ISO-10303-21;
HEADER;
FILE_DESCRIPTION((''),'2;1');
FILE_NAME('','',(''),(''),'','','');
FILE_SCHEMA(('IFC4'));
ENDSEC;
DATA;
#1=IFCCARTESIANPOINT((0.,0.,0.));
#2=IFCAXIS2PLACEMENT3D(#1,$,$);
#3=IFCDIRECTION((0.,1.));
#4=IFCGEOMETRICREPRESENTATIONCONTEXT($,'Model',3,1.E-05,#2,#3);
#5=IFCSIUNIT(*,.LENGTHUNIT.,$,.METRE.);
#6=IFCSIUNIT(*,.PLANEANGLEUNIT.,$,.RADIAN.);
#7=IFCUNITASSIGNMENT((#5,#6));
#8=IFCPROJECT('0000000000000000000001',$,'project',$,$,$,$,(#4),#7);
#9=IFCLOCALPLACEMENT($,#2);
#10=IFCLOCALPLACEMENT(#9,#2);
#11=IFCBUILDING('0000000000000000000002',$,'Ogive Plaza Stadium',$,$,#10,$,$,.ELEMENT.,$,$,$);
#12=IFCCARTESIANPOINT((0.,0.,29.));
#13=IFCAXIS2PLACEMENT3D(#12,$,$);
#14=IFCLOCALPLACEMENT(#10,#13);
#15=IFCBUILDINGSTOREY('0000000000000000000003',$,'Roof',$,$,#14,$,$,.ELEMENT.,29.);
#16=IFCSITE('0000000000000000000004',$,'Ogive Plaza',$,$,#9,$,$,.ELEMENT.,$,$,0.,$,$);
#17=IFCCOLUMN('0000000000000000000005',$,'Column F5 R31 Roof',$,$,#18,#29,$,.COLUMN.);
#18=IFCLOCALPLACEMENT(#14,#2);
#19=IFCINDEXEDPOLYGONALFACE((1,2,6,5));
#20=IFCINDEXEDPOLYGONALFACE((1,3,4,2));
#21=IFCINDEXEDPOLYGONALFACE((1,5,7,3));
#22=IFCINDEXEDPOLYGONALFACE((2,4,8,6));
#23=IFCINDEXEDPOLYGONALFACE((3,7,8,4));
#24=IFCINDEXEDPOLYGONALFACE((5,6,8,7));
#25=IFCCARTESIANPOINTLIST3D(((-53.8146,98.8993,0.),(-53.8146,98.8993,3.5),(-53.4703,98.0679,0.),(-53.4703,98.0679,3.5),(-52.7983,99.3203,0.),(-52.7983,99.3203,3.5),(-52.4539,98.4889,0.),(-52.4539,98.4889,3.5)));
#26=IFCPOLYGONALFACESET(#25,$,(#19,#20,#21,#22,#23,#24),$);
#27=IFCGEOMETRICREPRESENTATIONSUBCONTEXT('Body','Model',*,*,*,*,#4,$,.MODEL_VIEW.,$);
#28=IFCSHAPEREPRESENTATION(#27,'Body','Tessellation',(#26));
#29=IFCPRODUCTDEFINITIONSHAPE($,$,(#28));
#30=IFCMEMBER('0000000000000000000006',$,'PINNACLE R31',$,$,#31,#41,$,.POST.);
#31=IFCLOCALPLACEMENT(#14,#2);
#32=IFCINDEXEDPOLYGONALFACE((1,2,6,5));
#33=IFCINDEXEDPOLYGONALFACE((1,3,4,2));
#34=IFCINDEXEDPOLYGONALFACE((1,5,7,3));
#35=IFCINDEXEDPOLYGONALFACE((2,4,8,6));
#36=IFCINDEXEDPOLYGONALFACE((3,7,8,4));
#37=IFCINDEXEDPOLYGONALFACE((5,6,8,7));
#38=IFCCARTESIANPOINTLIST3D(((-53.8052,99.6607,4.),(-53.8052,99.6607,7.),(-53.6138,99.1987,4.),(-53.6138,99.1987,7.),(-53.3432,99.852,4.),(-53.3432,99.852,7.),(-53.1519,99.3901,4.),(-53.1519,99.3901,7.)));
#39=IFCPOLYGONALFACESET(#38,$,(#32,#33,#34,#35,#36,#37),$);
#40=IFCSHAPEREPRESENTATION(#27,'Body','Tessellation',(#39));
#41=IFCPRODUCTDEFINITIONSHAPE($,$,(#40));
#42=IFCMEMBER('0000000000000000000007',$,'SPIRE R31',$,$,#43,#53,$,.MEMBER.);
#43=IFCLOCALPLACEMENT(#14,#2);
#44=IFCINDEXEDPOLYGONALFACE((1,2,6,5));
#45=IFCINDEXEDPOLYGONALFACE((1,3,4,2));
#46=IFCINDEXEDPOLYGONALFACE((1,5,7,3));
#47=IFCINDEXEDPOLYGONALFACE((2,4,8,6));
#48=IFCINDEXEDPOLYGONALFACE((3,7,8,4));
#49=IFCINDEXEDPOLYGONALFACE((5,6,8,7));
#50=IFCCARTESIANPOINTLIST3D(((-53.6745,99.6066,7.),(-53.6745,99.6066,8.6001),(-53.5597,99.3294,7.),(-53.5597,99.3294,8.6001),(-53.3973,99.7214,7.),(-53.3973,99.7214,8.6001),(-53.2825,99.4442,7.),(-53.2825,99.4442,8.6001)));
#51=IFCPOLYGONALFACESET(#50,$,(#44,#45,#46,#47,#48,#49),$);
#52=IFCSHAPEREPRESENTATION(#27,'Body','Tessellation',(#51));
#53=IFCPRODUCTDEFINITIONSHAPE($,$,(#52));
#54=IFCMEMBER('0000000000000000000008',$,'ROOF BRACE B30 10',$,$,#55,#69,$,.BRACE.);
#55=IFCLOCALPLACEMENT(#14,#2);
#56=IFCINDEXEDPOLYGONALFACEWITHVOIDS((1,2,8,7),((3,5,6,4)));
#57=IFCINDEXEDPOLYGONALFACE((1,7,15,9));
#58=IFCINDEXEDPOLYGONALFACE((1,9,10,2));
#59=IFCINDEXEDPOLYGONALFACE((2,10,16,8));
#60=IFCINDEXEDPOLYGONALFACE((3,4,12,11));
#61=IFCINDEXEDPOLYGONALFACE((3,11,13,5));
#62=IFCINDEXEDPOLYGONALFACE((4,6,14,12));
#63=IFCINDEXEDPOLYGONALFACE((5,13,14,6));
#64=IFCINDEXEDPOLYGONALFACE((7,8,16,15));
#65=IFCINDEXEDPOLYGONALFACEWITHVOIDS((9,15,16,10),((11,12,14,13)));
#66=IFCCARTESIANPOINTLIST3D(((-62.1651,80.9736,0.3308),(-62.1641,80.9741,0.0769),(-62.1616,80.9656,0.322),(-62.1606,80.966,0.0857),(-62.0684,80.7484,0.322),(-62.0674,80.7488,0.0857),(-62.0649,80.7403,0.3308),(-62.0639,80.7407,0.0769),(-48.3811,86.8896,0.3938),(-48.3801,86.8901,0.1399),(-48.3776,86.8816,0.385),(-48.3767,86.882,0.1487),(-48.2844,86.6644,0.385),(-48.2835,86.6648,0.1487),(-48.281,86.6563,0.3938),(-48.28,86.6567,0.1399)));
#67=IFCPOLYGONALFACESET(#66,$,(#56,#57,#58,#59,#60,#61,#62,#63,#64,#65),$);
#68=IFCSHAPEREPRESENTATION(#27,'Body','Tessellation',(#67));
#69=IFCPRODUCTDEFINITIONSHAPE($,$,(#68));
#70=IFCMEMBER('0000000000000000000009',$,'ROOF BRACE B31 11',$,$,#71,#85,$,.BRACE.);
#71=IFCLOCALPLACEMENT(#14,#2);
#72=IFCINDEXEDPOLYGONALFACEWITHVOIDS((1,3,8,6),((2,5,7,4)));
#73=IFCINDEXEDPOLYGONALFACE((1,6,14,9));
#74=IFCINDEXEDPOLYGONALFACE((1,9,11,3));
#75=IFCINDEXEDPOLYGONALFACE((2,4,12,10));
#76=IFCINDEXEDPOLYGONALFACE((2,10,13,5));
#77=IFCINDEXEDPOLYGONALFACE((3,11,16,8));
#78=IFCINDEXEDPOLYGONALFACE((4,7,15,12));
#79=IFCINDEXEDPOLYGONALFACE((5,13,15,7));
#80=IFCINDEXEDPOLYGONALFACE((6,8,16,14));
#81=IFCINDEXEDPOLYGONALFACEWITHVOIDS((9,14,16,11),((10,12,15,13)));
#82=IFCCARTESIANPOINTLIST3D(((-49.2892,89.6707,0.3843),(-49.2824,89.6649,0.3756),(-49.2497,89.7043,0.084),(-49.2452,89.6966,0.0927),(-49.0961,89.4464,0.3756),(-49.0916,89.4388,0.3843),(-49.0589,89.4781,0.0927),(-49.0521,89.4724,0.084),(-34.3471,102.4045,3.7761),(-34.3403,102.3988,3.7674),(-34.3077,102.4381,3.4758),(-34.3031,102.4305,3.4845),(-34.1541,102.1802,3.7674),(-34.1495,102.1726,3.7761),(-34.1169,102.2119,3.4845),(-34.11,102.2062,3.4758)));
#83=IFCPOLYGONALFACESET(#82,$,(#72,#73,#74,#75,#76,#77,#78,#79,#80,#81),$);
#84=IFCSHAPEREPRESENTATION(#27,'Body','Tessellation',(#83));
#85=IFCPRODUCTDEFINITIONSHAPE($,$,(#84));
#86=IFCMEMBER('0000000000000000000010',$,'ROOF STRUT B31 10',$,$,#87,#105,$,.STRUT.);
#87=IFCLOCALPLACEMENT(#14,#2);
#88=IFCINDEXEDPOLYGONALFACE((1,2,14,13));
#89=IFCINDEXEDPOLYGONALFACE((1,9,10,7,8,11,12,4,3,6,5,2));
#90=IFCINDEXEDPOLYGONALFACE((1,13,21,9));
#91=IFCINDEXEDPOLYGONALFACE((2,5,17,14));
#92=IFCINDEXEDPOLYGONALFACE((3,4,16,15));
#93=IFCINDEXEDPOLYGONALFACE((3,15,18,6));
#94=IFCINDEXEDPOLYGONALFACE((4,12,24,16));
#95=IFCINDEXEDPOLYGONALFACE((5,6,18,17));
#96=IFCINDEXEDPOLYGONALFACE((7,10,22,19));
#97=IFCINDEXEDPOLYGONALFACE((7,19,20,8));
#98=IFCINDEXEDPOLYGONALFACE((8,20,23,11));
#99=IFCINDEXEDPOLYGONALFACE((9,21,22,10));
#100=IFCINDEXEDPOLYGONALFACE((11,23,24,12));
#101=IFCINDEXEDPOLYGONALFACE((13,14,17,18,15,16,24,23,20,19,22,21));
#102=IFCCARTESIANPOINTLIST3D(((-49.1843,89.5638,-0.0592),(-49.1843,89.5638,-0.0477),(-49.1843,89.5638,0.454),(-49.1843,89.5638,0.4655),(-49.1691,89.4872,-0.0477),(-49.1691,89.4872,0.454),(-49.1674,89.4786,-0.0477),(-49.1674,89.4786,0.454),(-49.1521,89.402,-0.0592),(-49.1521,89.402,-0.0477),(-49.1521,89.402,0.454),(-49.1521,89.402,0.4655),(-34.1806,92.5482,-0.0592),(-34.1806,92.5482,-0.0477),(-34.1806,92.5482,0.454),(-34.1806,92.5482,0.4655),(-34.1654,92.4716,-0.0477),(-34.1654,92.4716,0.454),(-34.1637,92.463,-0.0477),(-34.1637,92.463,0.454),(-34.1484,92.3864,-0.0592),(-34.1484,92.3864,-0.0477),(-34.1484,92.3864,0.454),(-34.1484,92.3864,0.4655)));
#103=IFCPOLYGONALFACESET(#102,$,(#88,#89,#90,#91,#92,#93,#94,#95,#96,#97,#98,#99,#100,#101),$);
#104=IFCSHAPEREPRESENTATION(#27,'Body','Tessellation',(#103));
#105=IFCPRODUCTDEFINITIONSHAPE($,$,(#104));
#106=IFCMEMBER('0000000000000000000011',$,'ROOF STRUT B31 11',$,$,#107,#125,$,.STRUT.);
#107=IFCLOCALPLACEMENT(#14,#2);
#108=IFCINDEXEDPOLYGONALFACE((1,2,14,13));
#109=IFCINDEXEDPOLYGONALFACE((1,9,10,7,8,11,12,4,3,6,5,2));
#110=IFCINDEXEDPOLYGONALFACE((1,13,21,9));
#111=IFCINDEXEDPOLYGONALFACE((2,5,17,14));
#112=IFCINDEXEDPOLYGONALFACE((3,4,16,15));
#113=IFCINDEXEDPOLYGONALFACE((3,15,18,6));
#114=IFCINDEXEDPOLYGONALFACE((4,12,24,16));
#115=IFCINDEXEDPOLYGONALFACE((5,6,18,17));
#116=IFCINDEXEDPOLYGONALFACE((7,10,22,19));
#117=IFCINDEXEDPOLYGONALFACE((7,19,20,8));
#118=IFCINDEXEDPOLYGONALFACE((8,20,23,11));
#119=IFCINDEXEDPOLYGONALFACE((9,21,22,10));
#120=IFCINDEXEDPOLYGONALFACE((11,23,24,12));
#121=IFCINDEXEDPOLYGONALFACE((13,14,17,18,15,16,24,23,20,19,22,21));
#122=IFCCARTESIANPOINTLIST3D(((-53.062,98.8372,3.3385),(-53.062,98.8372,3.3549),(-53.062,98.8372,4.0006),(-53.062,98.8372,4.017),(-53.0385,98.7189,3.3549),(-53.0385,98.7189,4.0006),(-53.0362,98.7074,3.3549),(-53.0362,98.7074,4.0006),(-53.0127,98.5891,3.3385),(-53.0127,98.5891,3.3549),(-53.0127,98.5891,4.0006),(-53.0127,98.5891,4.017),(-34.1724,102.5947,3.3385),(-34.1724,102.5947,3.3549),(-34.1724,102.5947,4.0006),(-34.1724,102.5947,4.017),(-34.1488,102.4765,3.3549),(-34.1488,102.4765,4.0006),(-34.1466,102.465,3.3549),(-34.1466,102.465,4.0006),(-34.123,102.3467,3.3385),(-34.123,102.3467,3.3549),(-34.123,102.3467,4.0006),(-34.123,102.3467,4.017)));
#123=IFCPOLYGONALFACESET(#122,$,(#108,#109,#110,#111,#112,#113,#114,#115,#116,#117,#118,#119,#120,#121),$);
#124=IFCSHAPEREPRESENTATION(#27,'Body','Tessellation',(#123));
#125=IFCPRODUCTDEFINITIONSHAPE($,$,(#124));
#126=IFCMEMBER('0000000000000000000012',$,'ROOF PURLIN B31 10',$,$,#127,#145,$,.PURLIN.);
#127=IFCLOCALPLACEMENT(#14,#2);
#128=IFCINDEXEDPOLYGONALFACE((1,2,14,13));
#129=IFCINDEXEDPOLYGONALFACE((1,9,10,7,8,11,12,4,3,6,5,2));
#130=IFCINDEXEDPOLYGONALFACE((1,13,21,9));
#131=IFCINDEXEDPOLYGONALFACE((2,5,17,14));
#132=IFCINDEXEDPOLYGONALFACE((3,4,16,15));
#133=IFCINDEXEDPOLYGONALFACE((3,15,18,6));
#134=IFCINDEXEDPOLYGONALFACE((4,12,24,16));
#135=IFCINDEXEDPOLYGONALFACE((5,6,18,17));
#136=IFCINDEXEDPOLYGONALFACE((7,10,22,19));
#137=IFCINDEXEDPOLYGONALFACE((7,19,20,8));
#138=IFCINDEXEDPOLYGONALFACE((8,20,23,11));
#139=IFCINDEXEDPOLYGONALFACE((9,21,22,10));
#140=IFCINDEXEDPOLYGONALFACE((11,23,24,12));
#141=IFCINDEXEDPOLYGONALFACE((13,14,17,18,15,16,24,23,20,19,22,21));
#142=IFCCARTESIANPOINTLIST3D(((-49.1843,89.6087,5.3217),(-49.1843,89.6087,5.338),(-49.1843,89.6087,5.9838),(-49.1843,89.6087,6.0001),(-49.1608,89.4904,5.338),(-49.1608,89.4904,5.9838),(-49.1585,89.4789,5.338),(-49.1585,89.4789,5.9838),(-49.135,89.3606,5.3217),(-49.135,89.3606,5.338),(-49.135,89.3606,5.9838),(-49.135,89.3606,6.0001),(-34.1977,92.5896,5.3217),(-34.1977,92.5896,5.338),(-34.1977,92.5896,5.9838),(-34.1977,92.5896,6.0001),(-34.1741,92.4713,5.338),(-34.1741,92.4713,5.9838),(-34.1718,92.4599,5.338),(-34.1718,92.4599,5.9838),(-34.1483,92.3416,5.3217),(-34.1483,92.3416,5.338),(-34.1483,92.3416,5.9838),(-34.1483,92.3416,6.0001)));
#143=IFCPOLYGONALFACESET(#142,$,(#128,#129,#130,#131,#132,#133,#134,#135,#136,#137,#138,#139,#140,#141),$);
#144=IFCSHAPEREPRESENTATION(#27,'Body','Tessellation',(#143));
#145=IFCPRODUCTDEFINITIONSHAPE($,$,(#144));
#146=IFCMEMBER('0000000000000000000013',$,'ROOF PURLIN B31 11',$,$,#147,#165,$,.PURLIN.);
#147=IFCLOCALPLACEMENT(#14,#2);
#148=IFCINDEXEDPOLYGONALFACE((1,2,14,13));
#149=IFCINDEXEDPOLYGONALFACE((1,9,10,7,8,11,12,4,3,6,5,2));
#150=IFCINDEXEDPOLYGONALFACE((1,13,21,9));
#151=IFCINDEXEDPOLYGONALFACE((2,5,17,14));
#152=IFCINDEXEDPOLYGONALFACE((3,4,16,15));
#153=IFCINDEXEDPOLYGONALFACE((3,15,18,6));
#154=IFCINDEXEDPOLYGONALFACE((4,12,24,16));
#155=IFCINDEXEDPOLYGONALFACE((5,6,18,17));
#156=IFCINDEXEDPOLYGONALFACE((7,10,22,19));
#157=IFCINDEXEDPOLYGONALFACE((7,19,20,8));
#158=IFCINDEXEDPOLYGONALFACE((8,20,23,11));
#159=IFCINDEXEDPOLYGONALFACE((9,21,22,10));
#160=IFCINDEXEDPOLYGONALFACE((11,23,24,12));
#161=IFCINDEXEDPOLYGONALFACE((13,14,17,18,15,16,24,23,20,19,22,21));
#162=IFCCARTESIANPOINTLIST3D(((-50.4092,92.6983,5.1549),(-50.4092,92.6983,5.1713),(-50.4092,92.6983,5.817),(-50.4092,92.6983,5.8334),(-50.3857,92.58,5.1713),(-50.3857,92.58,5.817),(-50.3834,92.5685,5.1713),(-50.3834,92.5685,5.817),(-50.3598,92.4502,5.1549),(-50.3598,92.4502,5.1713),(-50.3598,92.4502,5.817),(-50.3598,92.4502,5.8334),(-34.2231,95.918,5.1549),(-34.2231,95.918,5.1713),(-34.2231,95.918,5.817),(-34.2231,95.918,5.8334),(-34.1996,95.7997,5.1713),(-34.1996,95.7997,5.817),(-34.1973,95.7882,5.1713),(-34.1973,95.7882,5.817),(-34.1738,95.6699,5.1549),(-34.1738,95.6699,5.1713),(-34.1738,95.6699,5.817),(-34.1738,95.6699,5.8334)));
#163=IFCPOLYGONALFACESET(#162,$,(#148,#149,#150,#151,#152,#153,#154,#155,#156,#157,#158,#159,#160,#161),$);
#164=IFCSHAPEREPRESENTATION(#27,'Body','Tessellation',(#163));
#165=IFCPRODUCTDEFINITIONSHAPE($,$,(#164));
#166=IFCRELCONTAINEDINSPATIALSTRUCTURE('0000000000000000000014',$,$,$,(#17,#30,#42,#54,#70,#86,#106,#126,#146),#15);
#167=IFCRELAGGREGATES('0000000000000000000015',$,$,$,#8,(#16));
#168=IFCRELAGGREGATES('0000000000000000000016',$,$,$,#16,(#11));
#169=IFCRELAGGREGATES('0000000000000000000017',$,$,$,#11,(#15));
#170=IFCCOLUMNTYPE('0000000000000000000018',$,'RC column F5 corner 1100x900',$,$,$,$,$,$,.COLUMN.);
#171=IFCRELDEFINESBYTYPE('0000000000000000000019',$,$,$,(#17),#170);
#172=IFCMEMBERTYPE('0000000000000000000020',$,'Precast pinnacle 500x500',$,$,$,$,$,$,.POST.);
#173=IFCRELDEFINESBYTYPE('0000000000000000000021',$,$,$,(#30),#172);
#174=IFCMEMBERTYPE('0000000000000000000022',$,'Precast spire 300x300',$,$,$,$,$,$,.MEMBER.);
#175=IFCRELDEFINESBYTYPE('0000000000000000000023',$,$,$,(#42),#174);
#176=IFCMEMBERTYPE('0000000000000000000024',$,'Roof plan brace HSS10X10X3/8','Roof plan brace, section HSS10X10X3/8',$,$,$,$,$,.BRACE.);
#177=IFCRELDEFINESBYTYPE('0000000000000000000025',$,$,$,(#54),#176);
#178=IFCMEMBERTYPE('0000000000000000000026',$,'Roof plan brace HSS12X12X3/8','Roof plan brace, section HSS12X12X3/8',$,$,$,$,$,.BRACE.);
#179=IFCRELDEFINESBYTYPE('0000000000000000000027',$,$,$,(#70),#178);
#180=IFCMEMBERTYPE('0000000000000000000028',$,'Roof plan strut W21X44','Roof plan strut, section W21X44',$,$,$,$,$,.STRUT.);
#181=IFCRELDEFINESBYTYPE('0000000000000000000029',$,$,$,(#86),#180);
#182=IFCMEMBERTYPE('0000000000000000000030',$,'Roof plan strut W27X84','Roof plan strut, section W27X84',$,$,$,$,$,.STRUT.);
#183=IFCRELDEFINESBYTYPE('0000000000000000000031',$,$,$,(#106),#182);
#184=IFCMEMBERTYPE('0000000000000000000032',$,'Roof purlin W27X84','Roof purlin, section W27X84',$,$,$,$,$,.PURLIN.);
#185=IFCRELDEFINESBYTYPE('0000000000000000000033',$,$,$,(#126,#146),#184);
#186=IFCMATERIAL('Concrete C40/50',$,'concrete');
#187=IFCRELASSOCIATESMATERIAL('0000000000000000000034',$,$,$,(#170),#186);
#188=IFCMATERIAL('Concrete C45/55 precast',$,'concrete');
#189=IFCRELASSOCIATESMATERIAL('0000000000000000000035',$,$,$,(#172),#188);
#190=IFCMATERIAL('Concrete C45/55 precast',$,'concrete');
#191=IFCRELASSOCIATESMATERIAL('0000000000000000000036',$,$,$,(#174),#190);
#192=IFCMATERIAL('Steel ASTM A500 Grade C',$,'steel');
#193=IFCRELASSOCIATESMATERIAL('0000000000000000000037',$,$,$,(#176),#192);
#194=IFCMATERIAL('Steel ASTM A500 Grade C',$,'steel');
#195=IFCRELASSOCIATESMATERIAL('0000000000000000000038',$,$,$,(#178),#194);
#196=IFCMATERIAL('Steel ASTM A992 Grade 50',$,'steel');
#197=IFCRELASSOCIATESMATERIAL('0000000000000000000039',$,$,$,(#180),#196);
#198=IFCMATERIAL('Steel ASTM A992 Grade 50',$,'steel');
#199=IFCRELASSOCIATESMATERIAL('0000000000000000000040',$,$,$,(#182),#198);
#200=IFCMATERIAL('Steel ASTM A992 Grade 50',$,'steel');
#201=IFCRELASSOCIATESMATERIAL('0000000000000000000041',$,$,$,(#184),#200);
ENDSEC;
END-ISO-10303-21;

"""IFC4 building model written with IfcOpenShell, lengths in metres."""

from ifc_helpers import new_model, si_unit, direction, frame, origin, origin_2d, place, context, subcontext, project, spatial, rectangle, hollow_rectangle, i_section, extrude, material, material_profile, profile_set, type_object, element, save


model = new_model("IFC4")

# Units and contexts
model_context = context("Model", 3, precision=1e-05, world=origin(), true_north=direction((0.0, 1.0)))
body_context = subcontext(model_context, "Body", "Model", "MODEL_VIEW")
ifc_project = project(units=[si_unit("LENGTHUNIT", "METRE"), si_unit("PLANEANGLEUNIT", "RADIAN")], contexts=[model_context])

# Site, building, storey
site_placement = place(None, origin())
site = spatial("IfcSite", under=ifc_project, at=site_placement, Name="Ogive Plaza", CompositionType="ELEMENT", RefElevation=0.0)
building_placement = place(site_placement, origin())
building = spatial("IfcBuilding", under=site, at=building_placement, Name="Ogive Plaza Stadium", CompositionType="ELEMENT")
storey_placement = place(building_placement, frame((0.0, 0.0, 29.0)))
storey = spatial("IfcBuildingStorey", under=building, at=storey_placement, Name="Roof", CompositionType="ELEMENT", Elevation=29.0)

# Column
ifc_material_1 = material(Name="Concrete C40/50", Category="concrete")
ifc_material_profile_1 = material_profile(ifc_material_1, rectangle(XDim=1.1001, YDim=0.8999, at=origin_2d()), Name="RC 1100x900")
ifc_profile_set_1 = profile_set([ifc_material_profile_1], Name="Concrete C40/50")
column_type = type_object("IfcColumnType", Name="RC column F5 corner 1100x900", PredefinedType="COLUMN", material=ifc_profile_set_1)
column_placement = place(storey_placement, frame((-53.1343, 98.6941, 0.0), z_axis=(0.0, 0.0, 1.0), x_axis=(-0.92388, -0.382683, 0.0)))
element("IfcColumn", 1, at=column_placement, inside=storey, type_object=column_type, Name="Column F5 R31 Roof", PredefinedType="COLUMN", context=body_context, shape_type="SweptSolid", body=[
    extrude(rectangle(XDim=1.1001, YDim=0.8999, at=origin_2d()), origin(), (0.0, 0.0, 1.0), 3.5),
])

# Members
ifc_material_2 = material(Name="Concrete C45/55 precast", Category="concrete")
ifc_material_profile_2 = material_profile(ifc_material_2, rectangle(XDim=0.5, YDim=0.5, at=origin_2d()), Name="RC 500x500")
ifc_profile_set_2 = profile_set([ifc_material_profile_2], Name="Concrete C45/55 precast")
member_type_1 = type_object("IfcMemberType", Name="Precast pinnacle 500x500", PredefinedType="POST", material=ifc_profile_set_2)
member_1_placement = place(storey_placement, frame((-53.4785, 99.5254, 4.0), z_axis=(0.0, 0.0, 1.0), x_axis=(-0.92388, -0.382683, 0.0)))
element("IfcMember", 2, at=member_1_placement, inside=storey, type_object=member_type_1, Name="PINNACLE R31", PredefinedType="POST", context=body_context, shape_type="SweptSolid", body=[
    extrude(rectangle(XDim=0.5, YDim=0.5, at=origin_2d()), origin(), (0.0, 0.0, 1.0), 3.0),
])
ifc_material_3 = material(Name="Concrete C45/55 precast", Category="concrete")
ifc_material_profile_3 = material_profile(ifc_material_3, rectangle(XDim=0.3, YDim=0.3, at=origin_2d()), Name="RC 300x300")
ifc_profile_set_3 = profile_set([ifc_material_profile_3], Name="Concrete C45/55 precast")
member_type_2 = type_object("IfcMemberType", Name="Precast spire 300x300", PredefinedType="MEMBER", material=ifc_profile_set_3)
member_2_placement = place(storey_placement, frame((-53.4785, 99.5254, 7.0), z_axis=(0.0, 0.0, 1.0), x_axis=(-0.92388, -0.382683, 0.0)))
element("IfcMember", 3, at=member_2_placement, inside=storey, type_object=member_type_2, Name="SPIRE R31", PredefinedType="MEMBER", context=body_context, shape_type="SweptSolid", body=[
    extrude(rectangle(XDim=0.3, YDim=0.3, at=origin_2d()), origin(), (0.0, 0.0, 1.0), 1.6001),
])
ifc_material_4 = material(Name="Steel ASTM A500 Grade C", Category="steel")
ifc_material_profile_4 = material_profile(ifc_material_4, hollow_rectangle(XDim=0.2539, YDim=0.2539, WallThickness=0.0088, at=origin_2d()), Name="HSS10X10X3/8")
ifc_profile_set_4 = profile_set([ifc_material_profile_4], Name="Steel ASTM A500 Grade C")
member_type_3 = type_object("IfcMemberType", Name="Roof plan brace HSS10X10X3/8", Description="Roof plan brace, section HSS10X10X3/8", PredefinedType="BRACE", material=ifc_profile_set_4)
member_3_placement = place(storey_placement, frame((-48.3306, 86.7732, 0.2668), z_axis=(-0.918929, -0.394401, -0.004199), x_axis=(0.394404, -0.918937, 0.0)))
element("IfcMember", 4, at=member_3_placement, inside=storey, type_object=member_type_3, Name="ROOF BRACE B30 10", PredefinedType="BRACE", context=body_context, shape_type="SweptSolid", body=[
    extrude(hollow_rectangle(XDim=0.2539, YDim=0.2539, WallThickness=0.0088, at=origin_2d()), origin(), (0.0, 0.0, 1.0), 15.0),
])
ifc_material_5 = material(Name="Steel ASTM A500 Grade C", Category="steel")
ifc_material_profile_5 = material_profile(ifc_material_5, hollow_rectangle(XDim=0.3047, YDim=0.3047, WallThickness=0.0088, at=origin_2d()), Name="HSS12X12X3/8")
ifc_profile_set_5 = profile_set([ifc_material_profile_5], Name="Steel ASTM A500 Grade C")
member_type_4 = type_object("IfcMemberType", Name="Roof plan brace HSS12X12X3/8", Description="Roof plan brace, section HSS12X12X3/8", PredefinedType="BRACE", material=ifc_profile_set_5)
member_4_placement = place(storey_placement, frame((-49.1707, 89.5715, 0.2341), z_axis=(0.749996, 0.639157, 0.170248), x_axis=(-0.648626, 0.761107, 0.0)))
element("IfcMember", 5, at=member_4_placement, inside=storey, type_object=member_type_4, Name="ROOF BRACE B31 11", PredefinedType="BRACE", context=body_context, shape_type="SweptSolid", body=[
    extrude(hollow_rectangle(XDim=0.3047, YDim=0.3047, WallThickness=0.0088, at=origin_2d()), origin(), (0.0, 0.0, 1.0), 19.9229),
])
ifc_material_6 = material(Name="Steel ASTM A992 Grade 50", Category="steel")
ifc_material_profile_6 = material_profile(ifc_material_6, i_section(OverallWidth=0.165, OverallDepth=0.5247, WebThickness=0.0088, FlangeThickness=0.0115, at=origin_2d()), Name="W21X44")
ifc_profile_set_6 = profile_set([ifc_material_profile_6], Name="Steel ASTM A992 Grade 50")
member_type_5 = type_object("IfcMemberType", Name="Roof plan strut W21X44", Description="Roof plan strut, section W21X44", PredefinedType="STRUT", material=ifc_profile_set_6)
member_5_placement = place(storey_placement, frame((-49.1682, 89.4829, 0.2031), z_axis=(0.980786, 0.195088, 0.0), x_axis=(-0.195088, 0.980786, 0.0)))
element("IfcMember", 6, at=member_5_placement, inside=storey, type_object=member_type_5, Name="ROOF STRUT B31 10", PredefinedType="STRUT", context=body_context, shape_type="SweptSolid", body=[
    extrude(i_section(OverallWidth=0.165, OverallDepth=0.5247, WebThickness=0.0088, FlangeThickness=0.0115, at=origin_2d()), origin(), (0.0, 0.0, 1.0), 15.2976),
])
ifc_material_7 = material(Name="Steel ASTM A992 Grade 50", Category="steel")
ifc_material_profile_7 = material_profile(ifc_material_7, i_section(OverallWidth=0.2529, OverallDepth=0.6785, WebThickness=0.0117, FlangeThickness=0.0164, at=origin_2d()), Name="W27X84")
ifc_profile_set_7 = profile_set([ifc_material_profile_7], Name="Steel ASTM A992 Grade 50")
member_type_6 = type_object("IfcMemberType", Name="Roof plan strut W27X84", Description="Roof plan strut, section W27X84", PredefinedType="STRUT", material=ifc_profile_set_7)
member_6_placement = place(storey_placement, frame((-53.0374, 98.7131, 3.6777), z_axis=(0.980783, 0.195099, 0.0), x_axis=(-0.195099, 0.980783, 0.0)))
element("IfcMember", 7, at=member_6_placement, inside=storey, type_object=member_type_6, Name="ROOF STRUT B31 11", PredefinedType="STRUT", context=body_context, shape_type="SweptSolid", body=[
    extrude(i_section(OverallWidth=0.2529, OverallDepth=0.6785, WebThickness=0.0117, FlangeThickness=0.0164, at=origin_2d()), origin(), (0.0, 0.0, 1.0), 19.2598),
])
ifc_material_8 = material(Name="Steel ASTM A992 Grade 50", Category="steel")
ifc_material_profile_8 = material_profile(ifc_material_8, i_section(OverallWidth=0.2529, OverallDepth=0.6785, WebThickness=0.0117, FlangeThickness=0.0164, at=origin_2d()), Name="W27X84")
ifc_profile_set_8 = profile_set([ifc_material_profile_8], Name="Steel ASTM A992 Grade 50")
member_type_7 = type_object("IfcMemberType", Name="Roof purlin W27X84", Description="Roof purlin, section W27X84", PredefinedType="PURLIN", material=ifc_profile_set_8)
member_7_placement = place(storey_placement, frame((-49.1597, 89.4846, 5.6609), z_axis=(0.980786, 0.195087, 0.0), x_axis=(-0.195087, 0.980786, 0.0)))
element("IfcMember", 8, at=member_7_placement, inside=storey, type_object=member_type_7, Name="ROOF PURLIN B31 10", PredefinedType="PURLIN", context=body_context, shape_type="SweptSolid", body=[
    extrude(i_section(OverallWidth=0.2529, OverallDepth=0.6785, WebThickness=0.0117, FlangeThickness=0.0164, at=origin_2d()), origin(), (0.0, 0.0, 1.0), 15.2803),
])
member_8_placement = place(storey_placement, frame((-50.3845, 92.5742, 5.4941), z_axis=(0.980784, 0.195098, 0.0), x_axis=(-0.195098, 0.980784, 0.0)))
element("IfcMember", 9, at=member_8_placement, inside=storey, type_object=member_type_7, Name="ROOF PURLIN B31 11", PredefinedType="PURLIN", context=body_context, shape_type="SweptSolid", body=[
    extrude(i_section(OverallWidth=0.2529, OverallDepth=0.6785, WebThickness=0.0117, FlangeThickness=0.0164, at=origin_2d()), origin(), (0.0, 0.0, 1.0), 16.5032),
])

save(model, "model.ifc")
